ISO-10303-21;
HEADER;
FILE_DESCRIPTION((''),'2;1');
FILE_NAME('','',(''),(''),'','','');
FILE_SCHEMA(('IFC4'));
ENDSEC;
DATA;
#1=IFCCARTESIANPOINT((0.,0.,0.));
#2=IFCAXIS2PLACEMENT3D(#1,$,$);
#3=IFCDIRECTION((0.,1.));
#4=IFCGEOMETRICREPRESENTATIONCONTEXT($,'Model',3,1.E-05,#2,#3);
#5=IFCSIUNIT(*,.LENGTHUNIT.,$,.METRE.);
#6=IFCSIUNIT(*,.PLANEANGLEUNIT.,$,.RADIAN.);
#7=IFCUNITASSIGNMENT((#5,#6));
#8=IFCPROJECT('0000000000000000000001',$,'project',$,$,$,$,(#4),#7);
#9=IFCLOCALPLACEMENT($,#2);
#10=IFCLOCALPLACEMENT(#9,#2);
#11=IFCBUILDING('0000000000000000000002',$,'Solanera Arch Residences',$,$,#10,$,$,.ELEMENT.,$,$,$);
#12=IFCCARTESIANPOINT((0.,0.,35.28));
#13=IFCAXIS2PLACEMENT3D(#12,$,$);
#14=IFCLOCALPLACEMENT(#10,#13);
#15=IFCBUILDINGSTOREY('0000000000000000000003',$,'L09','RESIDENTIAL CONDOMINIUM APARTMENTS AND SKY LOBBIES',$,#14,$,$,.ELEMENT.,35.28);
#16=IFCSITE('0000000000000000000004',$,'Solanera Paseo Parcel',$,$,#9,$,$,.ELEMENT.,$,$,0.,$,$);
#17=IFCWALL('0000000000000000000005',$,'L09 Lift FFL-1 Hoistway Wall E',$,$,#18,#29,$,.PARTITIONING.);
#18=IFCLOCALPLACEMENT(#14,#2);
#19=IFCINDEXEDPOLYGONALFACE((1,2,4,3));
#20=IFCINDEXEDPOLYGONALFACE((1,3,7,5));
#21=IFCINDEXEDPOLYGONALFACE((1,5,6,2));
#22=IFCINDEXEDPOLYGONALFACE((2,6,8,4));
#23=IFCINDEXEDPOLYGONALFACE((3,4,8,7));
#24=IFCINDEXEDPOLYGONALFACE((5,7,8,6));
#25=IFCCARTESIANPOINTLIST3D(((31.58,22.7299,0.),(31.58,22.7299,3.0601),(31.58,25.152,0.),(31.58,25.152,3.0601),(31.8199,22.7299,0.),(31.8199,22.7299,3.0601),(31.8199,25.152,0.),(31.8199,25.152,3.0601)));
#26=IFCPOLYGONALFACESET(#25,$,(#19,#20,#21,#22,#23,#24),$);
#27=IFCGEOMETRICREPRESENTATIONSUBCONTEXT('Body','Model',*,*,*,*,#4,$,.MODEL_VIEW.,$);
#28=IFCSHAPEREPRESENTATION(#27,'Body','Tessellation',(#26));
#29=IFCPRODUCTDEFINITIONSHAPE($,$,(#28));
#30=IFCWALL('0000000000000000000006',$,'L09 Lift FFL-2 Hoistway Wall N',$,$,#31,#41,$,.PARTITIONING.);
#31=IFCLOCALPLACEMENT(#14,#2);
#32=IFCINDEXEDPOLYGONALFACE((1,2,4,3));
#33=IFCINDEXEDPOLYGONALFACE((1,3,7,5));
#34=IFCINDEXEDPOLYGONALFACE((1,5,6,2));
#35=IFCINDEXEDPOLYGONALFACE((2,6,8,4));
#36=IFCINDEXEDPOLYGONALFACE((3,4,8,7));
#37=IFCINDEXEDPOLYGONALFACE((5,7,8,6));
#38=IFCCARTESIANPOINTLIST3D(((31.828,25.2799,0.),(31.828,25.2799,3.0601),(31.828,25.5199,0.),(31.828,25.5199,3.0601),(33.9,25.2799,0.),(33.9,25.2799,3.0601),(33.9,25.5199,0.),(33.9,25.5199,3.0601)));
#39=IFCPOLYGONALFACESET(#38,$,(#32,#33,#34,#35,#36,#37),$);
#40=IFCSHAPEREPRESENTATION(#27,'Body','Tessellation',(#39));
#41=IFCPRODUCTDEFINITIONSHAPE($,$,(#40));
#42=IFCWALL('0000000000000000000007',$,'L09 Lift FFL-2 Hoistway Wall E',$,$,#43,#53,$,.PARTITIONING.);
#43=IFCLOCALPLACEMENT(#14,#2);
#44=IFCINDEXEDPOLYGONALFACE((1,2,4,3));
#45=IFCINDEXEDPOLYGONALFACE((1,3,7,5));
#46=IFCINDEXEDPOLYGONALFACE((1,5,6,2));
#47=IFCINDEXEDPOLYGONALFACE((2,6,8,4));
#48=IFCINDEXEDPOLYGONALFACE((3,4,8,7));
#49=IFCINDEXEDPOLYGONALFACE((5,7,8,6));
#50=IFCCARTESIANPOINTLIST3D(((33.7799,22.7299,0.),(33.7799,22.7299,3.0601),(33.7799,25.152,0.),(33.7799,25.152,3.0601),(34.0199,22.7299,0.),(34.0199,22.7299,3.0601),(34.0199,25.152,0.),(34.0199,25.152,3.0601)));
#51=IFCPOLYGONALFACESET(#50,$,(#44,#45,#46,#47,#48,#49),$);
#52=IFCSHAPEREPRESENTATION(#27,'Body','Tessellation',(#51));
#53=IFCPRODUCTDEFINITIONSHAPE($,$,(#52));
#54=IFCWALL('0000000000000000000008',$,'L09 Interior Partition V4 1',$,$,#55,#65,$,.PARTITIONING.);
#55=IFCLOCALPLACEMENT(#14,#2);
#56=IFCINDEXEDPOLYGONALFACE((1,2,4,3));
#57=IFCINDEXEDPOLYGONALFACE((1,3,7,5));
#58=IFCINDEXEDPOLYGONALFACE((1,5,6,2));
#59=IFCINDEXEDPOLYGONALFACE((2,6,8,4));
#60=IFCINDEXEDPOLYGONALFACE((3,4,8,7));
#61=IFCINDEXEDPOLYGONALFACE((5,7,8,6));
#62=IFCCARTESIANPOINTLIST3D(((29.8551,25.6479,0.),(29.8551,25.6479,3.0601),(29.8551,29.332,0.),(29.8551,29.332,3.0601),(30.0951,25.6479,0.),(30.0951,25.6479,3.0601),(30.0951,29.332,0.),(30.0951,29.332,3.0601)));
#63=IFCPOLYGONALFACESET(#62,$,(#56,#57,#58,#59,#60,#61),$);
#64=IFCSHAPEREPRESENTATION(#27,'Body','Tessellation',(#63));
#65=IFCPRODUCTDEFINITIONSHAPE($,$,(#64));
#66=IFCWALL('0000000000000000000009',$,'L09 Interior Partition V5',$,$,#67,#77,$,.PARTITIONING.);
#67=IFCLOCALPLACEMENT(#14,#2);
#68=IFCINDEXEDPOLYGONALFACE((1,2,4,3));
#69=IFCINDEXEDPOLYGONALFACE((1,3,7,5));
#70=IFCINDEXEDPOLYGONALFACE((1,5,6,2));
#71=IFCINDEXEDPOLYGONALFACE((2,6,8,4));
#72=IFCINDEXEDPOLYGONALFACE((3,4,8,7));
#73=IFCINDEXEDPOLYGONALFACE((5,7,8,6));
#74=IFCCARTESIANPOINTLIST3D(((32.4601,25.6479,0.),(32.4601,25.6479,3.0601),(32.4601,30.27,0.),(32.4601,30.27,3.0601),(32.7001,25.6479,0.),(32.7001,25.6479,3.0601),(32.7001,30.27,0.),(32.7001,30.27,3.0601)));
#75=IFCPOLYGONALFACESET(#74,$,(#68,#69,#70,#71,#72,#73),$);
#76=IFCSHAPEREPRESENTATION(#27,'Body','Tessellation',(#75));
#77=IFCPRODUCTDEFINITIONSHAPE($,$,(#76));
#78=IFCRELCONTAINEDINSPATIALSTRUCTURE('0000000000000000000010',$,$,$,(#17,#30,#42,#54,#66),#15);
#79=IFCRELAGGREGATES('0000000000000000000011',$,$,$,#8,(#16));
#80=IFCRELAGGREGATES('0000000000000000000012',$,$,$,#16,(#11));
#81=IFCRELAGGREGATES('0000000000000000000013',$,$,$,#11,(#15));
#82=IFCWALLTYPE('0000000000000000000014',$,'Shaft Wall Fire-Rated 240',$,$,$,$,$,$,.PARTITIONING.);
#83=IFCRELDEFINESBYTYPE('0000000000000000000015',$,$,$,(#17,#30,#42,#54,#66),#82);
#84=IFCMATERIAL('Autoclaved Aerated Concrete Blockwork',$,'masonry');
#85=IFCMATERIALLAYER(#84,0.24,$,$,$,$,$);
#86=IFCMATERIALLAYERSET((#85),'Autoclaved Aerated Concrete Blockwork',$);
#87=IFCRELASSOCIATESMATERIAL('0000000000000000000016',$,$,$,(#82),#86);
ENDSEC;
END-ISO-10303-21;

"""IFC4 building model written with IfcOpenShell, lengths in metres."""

from ifc_helpers import new_model, si_unit, direction, frame, frame_2d, origin, place, context, subcontext, project, spatial, rectangle, extrude, material, layer, layer_set, type_object, element, save


model = new_model("IFC4")

# Units and contexts
model_context = context("Model", 3, precision=1e-05, world=origin(), true_north=direction((0.0, 1.0)))
body_context = subcontext(model_context, "Body", "Model", "MODEL_VIEW")
ifc_project = project(units=[si_unit("LENGTHUNIT", "METRE"), si_unit("PLANEANGLEUNIT", "RADIAN")], contexts=[model_context])

# Site, building, storey
site_placement = place(None, origin())
site = spatial("IfcSite", under=ifc_project, at=site_placement, Name="Solanera Paseo Parcel", CompositionType="ELEMENT", RefElevation=0.0)
building_placement = place(site_placement, origin())
building = spatial("IfcBuilding", under=site, at=building_placement, Name="Solanera Arch Residences", CompositionType="ELEMENT")
storey_placement = place(building_placement, frame((0.0, 0.0, 35.28)))
storey = spatial("IfcBuildingStorey", under=building, at=storey_placement, Name="L09", Description="RESIDENTIAL CONDOMINIUM APARTMENTS AND SKY LOBBIES", CompositionType="ELEMENT", Elevation=35.28)

# Walls
ifc_material_1 = material(Name="Autoclaved Aerated Concrete Blockwork", Category="masonry")
ifc_layer_1 = layer(ifc_material_1, 0.24)
ifc_layer_set_1 = layer_set([ifc_layer_1], Name="Autoclaved Aerated Concrete Blockwork")
wall_type_1 = type_object("IfcWallType", Name="Shaft Wall Fire-Rated 240", PredefinedType="PARTITIONING", material=ifc_layer_set_1)
wall_1_placement = place(storey_placement, frame((31.7, 22.73, 0.0), z_axis=(0.0, 0.0, 1.0), x_axis=(0.0, 1.0, 0.0)))
element("IfcWall", 1, at=wall_1_placement, inside=storey, type_object=wall_type_1, Name="L09 Lift FFL-1 Hoistway Wall E", PredefinedType="PARTITIONING", context=body_context, shape_type="SweptSolid", body=[
    extrude(rectangle(XDim=2.4221, YDim=0.24, at=frame_2d((1.2109, 0.0))), origin(), (0.0, 0.0, 1.0), 3.0601),
])
wall_2_placement = place(storey_placement, frame((31.8279, 25.3999, 0.0), z_axis=(0.0, 0.0, 1.0), x_axis=(1.0, 0.0, 0.0)))
element("IfcWall", 2, at=wall_2_placement, inside=storey, type_object=wall_type_1, Name="L09 Lift FFL-2 Hoistway Wall N", PredefinedType="PARTITIONING", context=body_context, shape_type="SweptSolid", body=[
    extrude(rectangle(XDim=2.072, YDim=0.24, at=frame_2d((1.0361, 0.0))), origin(), (0.0, 0.0, 1.0), 3.0601),
])
wall_3_placement = place(storey_placement, frame((33.8999, 22.73, 0.0), z_axis=(0.0, 0.0, 1.0), x_axis=(0.0, 1.0, 0.0)))
element("IfcWall", 3, at=wall_3_placement, inside=storey, type_object=wall_type_1, Name="L09 Lift FFL-2 Hoistway Wall E", PredefinedType="PARTITIONING", context=body_context, shape_type="SweptSolid", body=[
    extrude(rectangle(XDim=2.4221, YDim=0.24, at=frame_2d((1.2109, 0.0))), origin(), (0.0, 0.0, 1.0), 3.0601),
])
wall_4_placement = place(storey_placement, frame((29.9751, 25.6479, 0.0), z_axis=(0.0, 0.0, 1.0), x_axis=(0.0, 1.0, 0.0)))
element("IfcWall", 4, at=wall_4_placement, inside=storey, type_object=wall_type_1, Name="L09 Interior Partition V4 1", PredefinedType="PARTITIONING", context=body_context, shape_type="SweptSolid", body=[
    extrude(rectangle(XDim=3.6841, YDim=0.24, at=frame_2d((1.842, 0.0))), origin(), (0.0, 0.0, 1.0), 3.0601),
])

# Wall
wall_5_placement = place(storey_placement, frame((32.5801, 25.6479, 0.0), z_axis=(0.0, 0.0, 1.0), x_axis=(0.0, 1.0, 0.0)))
element("IfcWall", 5, at=wall_5_placement, inside=storey, type_object=wall_type_1, Name="L09 Interior Partition V5", PredefinedType="PARTITIONING", context=body_context, shape_type="SweptSolid", body=[
    extrude(rectangle(XDim=4.6221, YDim=0.24, at=frame_2d((2.311, 0.0))), origin(), (0.0, 0.0, 1.0), 3.0601),
])

save(model, "model.ifc")
